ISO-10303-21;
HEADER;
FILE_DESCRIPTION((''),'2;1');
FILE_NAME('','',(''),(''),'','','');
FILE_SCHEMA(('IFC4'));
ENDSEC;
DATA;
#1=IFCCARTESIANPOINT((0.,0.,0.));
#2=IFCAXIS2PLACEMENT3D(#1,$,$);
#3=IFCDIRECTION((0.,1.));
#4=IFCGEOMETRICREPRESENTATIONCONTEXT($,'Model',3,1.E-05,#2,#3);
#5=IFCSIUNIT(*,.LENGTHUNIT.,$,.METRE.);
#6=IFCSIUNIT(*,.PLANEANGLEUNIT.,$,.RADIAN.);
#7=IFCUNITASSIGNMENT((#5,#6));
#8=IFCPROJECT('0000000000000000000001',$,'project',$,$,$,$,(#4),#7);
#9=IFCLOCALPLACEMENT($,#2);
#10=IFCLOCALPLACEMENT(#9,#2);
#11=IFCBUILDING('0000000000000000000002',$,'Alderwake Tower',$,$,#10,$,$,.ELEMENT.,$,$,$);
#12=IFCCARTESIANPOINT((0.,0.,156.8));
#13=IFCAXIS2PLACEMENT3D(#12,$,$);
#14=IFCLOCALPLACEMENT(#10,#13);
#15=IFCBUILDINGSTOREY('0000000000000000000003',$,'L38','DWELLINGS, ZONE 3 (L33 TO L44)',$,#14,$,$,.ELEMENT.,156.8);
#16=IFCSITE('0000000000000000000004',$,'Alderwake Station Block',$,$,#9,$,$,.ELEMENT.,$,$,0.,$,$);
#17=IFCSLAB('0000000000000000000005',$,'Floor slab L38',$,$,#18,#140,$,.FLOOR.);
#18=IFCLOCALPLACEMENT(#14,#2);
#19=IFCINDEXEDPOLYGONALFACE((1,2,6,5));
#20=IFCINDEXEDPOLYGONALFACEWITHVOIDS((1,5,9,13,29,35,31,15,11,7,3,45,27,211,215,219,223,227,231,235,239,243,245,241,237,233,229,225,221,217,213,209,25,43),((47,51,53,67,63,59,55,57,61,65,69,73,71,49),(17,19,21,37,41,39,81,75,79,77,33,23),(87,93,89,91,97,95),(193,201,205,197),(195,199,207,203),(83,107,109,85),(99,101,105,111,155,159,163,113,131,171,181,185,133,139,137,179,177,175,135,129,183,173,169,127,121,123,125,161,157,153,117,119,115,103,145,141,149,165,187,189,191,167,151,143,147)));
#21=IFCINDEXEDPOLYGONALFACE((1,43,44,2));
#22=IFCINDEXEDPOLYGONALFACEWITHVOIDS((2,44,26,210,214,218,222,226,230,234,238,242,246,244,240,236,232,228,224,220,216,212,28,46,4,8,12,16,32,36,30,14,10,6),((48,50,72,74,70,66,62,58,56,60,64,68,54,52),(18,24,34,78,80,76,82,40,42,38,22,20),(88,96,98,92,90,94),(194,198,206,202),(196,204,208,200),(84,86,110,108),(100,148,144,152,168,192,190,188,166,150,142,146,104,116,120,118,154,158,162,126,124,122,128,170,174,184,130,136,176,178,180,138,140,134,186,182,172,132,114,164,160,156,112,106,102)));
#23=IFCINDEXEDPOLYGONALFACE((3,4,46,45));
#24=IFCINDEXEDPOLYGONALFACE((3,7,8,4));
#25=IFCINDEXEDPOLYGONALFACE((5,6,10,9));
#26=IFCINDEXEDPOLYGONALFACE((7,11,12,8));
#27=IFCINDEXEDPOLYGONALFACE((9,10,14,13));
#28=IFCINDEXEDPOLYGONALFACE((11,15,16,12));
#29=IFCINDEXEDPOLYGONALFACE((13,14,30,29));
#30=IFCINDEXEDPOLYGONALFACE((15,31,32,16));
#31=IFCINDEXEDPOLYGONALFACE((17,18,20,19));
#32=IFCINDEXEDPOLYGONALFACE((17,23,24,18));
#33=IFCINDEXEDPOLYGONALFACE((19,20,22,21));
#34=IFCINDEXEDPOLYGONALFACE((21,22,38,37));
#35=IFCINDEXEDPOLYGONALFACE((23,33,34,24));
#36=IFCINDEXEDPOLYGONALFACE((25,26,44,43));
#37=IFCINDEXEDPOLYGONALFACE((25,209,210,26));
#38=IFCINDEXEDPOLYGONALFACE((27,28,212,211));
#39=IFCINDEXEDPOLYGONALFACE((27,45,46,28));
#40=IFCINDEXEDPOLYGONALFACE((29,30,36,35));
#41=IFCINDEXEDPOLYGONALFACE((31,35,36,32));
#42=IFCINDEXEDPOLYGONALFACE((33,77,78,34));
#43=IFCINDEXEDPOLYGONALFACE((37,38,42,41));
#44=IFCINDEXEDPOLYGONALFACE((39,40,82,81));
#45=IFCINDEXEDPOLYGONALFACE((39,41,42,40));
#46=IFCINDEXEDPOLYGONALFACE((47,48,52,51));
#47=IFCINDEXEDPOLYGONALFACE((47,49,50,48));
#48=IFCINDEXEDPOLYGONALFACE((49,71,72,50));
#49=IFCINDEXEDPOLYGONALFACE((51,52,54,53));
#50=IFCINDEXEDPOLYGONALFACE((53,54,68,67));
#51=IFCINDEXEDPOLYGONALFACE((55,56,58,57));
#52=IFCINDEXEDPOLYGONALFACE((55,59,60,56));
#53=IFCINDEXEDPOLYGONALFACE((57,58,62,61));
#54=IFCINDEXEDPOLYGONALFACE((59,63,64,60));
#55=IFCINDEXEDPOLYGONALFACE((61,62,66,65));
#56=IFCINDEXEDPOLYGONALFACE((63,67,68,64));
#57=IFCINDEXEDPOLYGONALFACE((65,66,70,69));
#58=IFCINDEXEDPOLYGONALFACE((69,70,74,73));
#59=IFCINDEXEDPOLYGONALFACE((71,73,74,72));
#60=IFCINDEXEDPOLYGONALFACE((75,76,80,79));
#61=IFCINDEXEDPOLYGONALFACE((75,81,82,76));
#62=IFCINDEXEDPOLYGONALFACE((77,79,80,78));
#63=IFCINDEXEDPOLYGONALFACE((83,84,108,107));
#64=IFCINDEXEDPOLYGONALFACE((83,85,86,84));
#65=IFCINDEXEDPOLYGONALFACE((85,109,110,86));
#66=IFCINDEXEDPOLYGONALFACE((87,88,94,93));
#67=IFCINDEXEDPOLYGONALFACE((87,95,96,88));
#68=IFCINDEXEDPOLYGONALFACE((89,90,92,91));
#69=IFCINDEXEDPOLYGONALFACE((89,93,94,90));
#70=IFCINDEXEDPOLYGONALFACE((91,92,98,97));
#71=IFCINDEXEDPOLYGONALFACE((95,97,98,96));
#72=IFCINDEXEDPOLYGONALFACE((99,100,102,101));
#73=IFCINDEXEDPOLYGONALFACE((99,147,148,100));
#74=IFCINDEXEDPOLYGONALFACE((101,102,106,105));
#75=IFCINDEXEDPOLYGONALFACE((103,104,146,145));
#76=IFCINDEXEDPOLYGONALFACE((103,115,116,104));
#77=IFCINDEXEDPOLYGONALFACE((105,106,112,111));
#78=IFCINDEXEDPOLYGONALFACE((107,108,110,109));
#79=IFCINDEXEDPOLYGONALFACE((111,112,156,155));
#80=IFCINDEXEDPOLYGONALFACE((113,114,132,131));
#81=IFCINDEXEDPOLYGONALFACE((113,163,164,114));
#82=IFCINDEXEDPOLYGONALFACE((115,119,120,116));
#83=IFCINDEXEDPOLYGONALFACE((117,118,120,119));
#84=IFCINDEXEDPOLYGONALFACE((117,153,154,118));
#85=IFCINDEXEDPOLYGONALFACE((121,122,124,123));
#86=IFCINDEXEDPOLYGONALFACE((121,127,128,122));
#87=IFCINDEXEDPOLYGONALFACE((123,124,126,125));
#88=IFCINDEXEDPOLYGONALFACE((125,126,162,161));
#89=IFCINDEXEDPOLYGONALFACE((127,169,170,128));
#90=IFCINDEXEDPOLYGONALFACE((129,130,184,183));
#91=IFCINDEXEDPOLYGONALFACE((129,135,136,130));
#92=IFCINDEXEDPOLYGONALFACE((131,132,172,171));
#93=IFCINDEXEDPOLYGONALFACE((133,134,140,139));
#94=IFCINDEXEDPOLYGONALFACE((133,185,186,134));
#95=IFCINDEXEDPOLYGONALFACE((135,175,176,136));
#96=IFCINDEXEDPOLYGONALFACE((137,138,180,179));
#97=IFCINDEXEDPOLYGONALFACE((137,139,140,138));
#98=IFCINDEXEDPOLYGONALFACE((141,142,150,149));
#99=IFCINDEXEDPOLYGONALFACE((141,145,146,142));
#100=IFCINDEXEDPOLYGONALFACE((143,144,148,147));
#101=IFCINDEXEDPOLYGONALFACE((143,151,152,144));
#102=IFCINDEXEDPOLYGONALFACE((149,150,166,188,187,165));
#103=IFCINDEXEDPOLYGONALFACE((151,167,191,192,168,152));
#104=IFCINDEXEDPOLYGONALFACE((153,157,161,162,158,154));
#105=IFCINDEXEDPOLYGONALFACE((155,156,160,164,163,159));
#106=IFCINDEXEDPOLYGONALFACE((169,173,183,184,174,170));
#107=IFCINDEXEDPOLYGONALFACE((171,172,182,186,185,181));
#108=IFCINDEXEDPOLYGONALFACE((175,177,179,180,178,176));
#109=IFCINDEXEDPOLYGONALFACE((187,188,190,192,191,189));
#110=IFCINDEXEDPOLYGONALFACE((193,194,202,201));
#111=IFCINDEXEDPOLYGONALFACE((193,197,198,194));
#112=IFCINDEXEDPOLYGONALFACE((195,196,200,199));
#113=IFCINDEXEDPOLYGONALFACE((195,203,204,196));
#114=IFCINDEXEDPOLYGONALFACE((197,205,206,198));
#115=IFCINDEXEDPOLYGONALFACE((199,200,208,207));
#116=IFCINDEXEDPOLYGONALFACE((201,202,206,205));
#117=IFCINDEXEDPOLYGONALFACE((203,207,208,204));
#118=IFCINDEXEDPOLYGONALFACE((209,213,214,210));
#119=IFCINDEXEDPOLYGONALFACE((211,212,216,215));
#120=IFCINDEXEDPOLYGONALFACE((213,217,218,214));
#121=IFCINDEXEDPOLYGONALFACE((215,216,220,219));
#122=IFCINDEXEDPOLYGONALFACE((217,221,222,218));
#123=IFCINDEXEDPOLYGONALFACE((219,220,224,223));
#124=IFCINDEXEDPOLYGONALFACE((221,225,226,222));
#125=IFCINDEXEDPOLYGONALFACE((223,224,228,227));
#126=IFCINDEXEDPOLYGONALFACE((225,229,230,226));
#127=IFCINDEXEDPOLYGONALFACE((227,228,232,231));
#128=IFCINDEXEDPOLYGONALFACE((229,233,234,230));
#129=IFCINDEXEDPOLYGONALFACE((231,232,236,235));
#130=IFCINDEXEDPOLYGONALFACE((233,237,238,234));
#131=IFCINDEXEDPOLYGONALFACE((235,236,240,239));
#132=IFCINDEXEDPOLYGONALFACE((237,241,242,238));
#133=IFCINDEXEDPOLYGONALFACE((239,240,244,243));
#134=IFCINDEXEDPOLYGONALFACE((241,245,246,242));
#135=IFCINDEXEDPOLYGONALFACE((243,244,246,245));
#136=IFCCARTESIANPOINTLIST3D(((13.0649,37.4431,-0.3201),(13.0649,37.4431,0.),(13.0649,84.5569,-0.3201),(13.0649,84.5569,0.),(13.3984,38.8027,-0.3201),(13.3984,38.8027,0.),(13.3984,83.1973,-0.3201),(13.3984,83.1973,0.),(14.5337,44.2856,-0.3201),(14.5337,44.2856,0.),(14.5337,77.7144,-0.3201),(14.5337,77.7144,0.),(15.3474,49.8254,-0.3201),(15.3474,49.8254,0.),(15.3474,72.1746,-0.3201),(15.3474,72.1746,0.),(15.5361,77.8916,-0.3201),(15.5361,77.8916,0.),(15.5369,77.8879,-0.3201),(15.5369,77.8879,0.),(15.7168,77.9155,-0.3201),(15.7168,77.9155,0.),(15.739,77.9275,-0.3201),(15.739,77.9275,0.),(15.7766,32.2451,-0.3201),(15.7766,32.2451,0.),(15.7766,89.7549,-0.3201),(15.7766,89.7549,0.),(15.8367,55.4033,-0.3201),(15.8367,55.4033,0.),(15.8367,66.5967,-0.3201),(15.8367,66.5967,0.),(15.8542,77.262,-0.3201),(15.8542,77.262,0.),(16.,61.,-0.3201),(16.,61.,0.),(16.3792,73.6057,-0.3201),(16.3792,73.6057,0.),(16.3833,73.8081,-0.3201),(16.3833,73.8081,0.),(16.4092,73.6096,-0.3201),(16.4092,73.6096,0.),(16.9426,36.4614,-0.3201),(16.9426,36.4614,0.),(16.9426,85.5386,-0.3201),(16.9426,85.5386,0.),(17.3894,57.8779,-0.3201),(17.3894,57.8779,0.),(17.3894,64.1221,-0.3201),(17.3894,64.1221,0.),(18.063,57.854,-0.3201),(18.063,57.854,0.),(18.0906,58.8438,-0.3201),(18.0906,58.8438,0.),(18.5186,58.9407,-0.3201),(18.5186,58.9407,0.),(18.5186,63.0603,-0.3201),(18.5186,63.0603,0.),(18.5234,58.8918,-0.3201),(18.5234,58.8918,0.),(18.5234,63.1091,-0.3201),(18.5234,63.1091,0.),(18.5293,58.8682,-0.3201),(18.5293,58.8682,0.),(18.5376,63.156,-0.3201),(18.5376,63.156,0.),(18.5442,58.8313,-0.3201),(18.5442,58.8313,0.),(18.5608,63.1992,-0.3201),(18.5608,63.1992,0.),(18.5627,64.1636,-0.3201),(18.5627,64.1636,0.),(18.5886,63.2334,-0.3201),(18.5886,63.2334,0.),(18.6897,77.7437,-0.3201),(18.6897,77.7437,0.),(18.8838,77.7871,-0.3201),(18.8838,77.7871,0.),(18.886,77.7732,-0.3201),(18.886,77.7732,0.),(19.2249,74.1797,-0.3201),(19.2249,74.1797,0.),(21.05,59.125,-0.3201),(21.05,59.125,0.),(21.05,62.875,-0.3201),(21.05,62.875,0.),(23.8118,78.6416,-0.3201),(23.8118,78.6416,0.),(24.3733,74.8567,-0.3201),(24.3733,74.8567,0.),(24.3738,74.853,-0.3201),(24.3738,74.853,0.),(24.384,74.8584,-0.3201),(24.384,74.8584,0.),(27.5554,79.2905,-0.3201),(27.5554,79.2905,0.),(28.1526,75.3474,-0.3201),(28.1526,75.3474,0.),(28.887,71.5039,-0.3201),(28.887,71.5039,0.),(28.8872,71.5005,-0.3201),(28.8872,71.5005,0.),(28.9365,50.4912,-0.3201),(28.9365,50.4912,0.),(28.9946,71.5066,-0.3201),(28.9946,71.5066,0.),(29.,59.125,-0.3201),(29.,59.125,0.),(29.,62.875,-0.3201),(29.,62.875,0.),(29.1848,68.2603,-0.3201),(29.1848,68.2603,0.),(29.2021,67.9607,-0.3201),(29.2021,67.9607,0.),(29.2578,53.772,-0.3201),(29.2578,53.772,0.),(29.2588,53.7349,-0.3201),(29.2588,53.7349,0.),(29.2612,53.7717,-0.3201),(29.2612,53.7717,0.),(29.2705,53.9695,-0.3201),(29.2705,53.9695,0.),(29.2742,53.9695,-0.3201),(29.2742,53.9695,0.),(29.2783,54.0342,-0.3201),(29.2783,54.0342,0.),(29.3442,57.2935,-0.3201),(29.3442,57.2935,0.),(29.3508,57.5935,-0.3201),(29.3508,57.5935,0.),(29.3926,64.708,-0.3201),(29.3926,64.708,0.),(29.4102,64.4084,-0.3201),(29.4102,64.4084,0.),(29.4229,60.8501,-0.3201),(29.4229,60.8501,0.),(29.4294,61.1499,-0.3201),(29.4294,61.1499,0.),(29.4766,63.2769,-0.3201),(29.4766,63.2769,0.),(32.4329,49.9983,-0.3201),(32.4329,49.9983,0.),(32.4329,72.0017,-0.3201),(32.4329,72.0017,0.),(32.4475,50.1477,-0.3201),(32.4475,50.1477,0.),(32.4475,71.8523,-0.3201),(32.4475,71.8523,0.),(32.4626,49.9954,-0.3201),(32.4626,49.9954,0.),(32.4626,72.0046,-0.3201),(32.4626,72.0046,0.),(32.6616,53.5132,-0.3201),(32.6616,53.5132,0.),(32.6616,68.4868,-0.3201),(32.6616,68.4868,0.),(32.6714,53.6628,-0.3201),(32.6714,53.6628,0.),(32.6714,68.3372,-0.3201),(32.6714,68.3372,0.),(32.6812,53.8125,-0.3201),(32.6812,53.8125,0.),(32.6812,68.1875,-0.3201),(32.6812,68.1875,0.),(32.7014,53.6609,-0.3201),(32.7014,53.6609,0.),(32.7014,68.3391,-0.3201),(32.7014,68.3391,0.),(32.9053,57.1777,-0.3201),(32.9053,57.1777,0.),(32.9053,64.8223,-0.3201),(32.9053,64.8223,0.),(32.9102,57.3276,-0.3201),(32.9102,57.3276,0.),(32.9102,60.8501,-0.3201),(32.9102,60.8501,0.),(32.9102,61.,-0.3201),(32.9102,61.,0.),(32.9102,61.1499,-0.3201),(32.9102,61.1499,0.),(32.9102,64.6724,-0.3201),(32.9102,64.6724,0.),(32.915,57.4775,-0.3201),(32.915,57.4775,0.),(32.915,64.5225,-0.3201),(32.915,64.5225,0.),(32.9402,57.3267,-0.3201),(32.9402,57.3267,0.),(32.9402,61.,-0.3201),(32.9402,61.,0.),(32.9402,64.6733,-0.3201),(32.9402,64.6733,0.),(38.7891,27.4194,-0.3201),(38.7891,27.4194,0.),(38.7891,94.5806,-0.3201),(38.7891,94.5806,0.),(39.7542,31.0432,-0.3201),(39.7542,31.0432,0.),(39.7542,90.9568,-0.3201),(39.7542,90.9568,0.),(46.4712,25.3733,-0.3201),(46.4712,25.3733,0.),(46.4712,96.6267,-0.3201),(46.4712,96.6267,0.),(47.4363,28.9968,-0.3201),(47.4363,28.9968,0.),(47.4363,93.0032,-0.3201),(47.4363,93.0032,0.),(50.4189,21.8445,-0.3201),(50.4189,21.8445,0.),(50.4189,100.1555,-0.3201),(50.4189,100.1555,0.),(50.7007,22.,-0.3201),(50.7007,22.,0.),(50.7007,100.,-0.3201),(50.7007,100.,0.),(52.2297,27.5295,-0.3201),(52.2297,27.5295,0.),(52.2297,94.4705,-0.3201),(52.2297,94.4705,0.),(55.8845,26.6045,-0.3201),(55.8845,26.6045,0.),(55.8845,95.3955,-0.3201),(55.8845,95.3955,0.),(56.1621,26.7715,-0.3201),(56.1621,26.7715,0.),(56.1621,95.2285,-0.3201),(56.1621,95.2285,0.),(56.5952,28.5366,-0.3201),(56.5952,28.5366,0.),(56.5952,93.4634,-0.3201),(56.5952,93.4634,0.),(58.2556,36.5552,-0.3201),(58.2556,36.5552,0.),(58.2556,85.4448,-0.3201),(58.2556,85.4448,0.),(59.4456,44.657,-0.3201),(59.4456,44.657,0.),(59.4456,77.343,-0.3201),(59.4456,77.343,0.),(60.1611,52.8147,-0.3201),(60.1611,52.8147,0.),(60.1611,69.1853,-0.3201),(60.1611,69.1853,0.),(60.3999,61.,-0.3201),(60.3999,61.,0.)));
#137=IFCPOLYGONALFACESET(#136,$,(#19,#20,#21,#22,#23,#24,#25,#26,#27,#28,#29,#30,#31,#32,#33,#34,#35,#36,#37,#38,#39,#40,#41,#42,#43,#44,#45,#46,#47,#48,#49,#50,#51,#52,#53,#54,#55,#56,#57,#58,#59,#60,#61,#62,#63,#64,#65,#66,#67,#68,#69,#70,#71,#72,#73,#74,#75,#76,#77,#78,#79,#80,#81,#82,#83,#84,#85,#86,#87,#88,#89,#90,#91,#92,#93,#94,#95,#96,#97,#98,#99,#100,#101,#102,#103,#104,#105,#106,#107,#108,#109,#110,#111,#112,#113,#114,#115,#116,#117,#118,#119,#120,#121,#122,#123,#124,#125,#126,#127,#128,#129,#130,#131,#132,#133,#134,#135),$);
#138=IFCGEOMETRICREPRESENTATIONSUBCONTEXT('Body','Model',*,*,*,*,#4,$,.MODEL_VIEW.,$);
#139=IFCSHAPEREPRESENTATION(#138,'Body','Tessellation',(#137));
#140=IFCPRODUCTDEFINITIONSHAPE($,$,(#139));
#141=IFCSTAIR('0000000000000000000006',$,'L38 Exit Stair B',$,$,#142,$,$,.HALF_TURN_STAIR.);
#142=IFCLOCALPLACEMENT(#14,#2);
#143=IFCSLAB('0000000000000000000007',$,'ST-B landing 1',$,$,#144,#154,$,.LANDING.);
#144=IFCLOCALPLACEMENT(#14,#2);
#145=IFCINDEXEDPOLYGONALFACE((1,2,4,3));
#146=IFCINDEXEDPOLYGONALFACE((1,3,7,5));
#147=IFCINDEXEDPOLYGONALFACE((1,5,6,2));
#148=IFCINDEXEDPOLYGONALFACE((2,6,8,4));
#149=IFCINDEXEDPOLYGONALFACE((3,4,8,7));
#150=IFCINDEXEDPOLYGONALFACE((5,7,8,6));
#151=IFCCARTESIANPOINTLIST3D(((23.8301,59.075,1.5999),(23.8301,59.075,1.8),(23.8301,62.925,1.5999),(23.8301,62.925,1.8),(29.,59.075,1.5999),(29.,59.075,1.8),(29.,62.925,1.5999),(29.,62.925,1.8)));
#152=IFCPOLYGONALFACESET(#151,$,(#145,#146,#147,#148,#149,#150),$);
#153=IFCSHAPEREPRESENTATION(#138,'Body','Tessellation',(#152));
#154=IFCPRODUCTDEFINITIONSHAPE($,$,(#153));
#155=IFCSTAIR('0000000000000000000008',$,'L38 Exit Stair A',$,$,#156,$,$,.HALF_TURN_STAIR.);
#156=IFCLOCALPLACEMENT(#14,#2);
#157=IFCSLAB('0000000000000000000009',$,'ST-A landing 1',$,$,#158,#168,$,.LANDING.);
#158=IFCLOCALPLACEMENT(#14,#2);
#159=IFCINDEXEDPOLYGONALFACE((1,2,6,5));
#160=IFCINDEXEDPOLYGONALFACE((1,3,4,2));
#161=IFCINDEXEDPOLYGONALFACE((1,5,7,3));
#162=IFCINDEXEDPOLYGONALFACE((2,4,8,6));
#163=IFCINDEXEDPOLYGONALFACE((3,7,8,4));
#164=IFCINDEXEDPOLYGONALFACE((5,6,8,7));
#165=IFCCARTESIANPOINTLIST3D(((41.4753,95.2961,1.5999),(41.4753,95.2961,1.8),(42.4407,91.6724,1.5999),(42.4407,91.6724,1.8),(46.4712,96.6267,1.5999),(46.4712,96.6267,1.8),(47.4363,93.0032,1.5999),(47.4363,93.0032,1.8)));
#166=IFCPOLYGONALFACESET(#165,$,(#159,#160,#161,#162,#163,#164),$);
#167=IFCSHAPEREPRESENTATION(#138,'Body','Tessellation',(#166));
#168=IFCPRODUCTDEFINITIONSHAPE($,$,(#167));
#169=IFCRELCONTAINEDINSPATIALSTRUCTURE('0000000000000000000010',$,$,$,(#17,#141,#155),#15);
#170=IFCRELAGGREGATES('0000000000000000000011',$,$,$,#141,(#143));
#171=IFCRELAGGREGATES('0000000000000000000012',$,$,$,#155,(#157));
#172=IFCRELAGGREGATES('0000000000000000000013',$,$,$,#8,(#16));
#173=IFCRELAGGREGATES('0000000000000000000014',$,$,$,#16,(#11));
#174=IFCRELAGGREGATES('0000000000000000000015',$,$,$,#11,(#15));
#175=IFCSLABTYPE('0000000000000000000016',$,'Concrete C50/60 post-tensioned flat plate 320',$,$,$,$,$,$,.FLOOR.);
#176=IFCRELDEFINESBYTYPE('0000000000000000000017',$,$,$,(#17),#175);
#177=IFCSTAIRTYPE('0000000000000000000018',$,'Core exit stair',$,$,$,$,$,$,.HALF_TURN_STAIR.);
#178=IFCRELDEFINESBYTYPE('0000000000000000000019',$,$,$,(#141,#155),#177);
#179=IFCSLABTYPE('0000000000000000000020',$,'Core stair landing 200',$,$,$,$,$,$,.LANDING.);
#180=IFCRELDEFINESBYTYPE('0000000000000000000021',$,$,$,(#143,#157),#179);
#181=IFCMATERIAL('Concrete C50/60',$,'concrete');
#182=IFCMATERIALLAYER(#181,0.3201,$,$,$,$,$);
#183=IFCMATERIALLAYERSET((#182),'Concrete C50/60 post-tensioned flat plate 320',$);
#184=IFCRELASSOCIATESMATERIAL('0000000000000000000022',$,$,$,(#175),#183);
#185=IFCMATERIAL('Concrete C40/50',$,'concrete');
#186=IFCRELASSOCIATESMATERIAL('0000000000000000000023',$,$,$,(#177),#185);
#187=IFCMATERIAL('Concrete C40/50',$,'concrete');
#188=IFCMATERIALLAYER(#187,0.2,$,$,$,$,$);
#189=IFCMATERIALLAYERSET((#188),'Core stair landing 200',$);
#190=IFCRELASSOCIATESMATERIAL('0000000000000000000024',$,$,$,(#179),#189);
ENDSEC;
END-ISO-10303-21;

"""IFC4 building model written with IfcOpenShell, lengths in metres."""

from ifc_helpers import new_model, si_unit, direction, frame, origin, place, context, subcontext, project, spatial, polyline, outline, extrude, material, layer, layer_set, type_object, element, aggregate, save


model = new_model("IFC4")

# Units and contexts
model_context = context("Model", 3, precision=1e-05, world=origin(), true_north=direction((0.0, 1.0)))
body_context = subcontext(model_context, "Body", "Model", "MODEL_VIEW")
ifc_project = project(units=[si_unit("LENGTHUNIT", "METRE"), si_unit("PLANEANGLEUNIT", "RADIAN")], contexts=[model_context])

# Site, building, storey
site_placement = place(None, origin())
site = spatial("IfcSite", under=ifc_project, at=site_placement, Name="Alderwake Station Block", CompositionType="ELEMENT", RefElevation=0.0)
building_placement = place(site_placement, origin())
building = spatial("IfcBuilding", under=site, at=building_placement, Name="Alderwake Tower", CompositionType="ELEMENT")
storey_placement = place(building_placement, frame((0.0, 0.0, 156.8)))
storey = spatial("IfcBuildingStorey", under=building, at=storey_placement, Name="L38", Description="DWELLINGS, ZONE 3 (L33 TO L44)", CompositionType="ELEMENT", Elevation=156.8)

# Slab
ifc_material_1 = material(Name="Concrete C50/60", Category="concrete")
ifc_layer_1 = layer(ifc_material_1, 0.3201)
ifc_layer_set_1 = layer_set([ifc_layer_1], Name="Concrete C50/60 post-tensioned flat plate 320")
slab_type_1 = type_object("IfcSlabType", Name="Concrete C50/60 post-tensioned flat plate 320", PredefinedType="FLOOR", material=ifc_layer_set_1)
slab_1_placement = place(storey_placement, frame((0.0, 0.0, -0.3201)))
element("IfcSlab", 1, at=slab_1_placement, inside=storey, type_object=slab_type_1, Name="Floor slab L38", PredefinedType="FLOOR", context=body_context, shape_type="SweptSolid", body=[
    extrude(outline(polyline([(13.0649, 37.4431), (13.3984, 38.8027), (14.5337, 44.2856), (15.3474, 49.8254), (15.8367, 55.4033), (16.0, 61.0), (15.8367, 66.5967), (15.3474, 72.1746), (14.5337, 77.7144), (13.3984, 83.1973), (13.0649, 84.5569), (16.9426, 85.5386), (15.7766, 89.7549), (50.4189, 100.1555), (50.7007, 100.0), (52.2297, 94.4705), (55.8845, 95.3955), (56.1621, 95.2285), (56.5952, 93.4634), (58.2556, 85.4448), (59.4456, 77.343), (60.1611, 69.1853), (60.3999, 61.0), (60.1611, 52.8147), (59.4456, 44.657), (58.2556, 36.5552), (56.5952, 28.5366), (56.1621, 26.7715), (55.8845, 26.6045), (52.2297, 27.5295), (50.7007, 22.0), (50.4189, 21.8445), (15.7766, 32.2451), (16.9426, 36.4614), (13.0649, 37.4431)]), holes=[polyline([(29.2578, 53.772), (28.9365, 50.4912), (32.4475, 50.1477), (32.4329, 49.9983), (32.4626, 49.9954), (32.7014, 53.6609), (32.9402, 57.3267), (32.9402, 61.0), (32.9402, 64.6733), (32.7014, 68.3391), (32.4626, 72.0046), (32.4329, 72.0017), (32.4475, 71.8523), (28.887, 71.5039), (28.8872, 71.5005), (28.9946, 71.5066), (29.1848, 68.2603), (32.6616, 68.4868), (32.6714, 68.3372), (32.6812, 68.1875), (29.2021, 67.9607), (29.3926, 64.708), (32.9053, 64.8223), (32.9102, 64.6724), (32.915, 64.5225), (29.4102, 64.4084), (29.4766, 63.2769), (29.4294, 61.1499), (32.9102, 61.1499), (32.9102, 61.0), (32.9102, 60.8501), (29.4229, 60.8501), (29.3508, 57.5935), (32.915, 57.4775), (32.9102, 57.3276), (32.9053, 57.1777), (29.3442, 57.2935), (29.2705, 53.9695), (29.2742, 53.9695), (29.2783, 54.0342), (32.6812, 53.8125), (32.6714, 53.6628), (32.6616, 53.5132), (29.2588, 53.7349), (29.2612, 53.7717), (29.2578, 53.772)]), polyline([(21.05, 62.875), (21.05, 59.125), (29.0, 59.125), (29.0, 62.875), (21.05, 62.875)]), polyline([(15.739, 77.9275), (15.5361, 77.8916), (15.5369, 77.8879), (15.7168, 77.9155), (16.3792, 73.6057), (16.4092, 73.6096), (16.3833, 73.8081), (19.2249, 74.1797), (18.6897, 77.7437), (18.886, 77.7732), (18.8838, 77.7871), (15.8542, 77.262), (15.739, 77.9275)]), polyline([(27.5554, 79.2905), (23.8118, 78.6416), (24.384, 74.8584), (24.3733, 74.8567), (24.3738, 74.853), (28.1526, 75.3474), (27.5554, 79.2905)]), polyline([(47.4363, 28.9968), (39.7542, 31.0432), (38.7891, 27.4194), (46.4712, 25.3733), (47.4363, 28.9968)]), polyline([(46.4712, 96.6267), (38.7891, 94.5806), (39.7542, 90.9568), (47.4363, 93.0032), (46.4712, 96.6267)]), polyline([(17.3894, 64.1221), (17.3894, 57.8779), (18.063, 57.854), (18.0906, 58.8438), (18.5442, 58.8313), (18.5293, 58.8682), (18.5234, 58.8918), (18.5186, 58.9407), (18.5186, 63.0603), (18.5234, 63.1091), (18.5376, 63.156), (18.5608, 63.1992), (18.5886, 63.2334), (18.5627, 64.1636), (17.3894, 64.1221)])]), origin(), (0.0, 0.0, 1.0), 0.3201),
])

# Stairs, slabs
ifc_material_2 = material(Name="Concrete C40/50", Category="concrete")
stair_type = type_object("IfcStairType", Name="Core exit stair", PredefinedType="HALF_TURN_STAIR", material=ifc_material_2)
stair_1_placement = place(storey_placement, origin())
stair_1 = element("IfcStair", 2, at=stair_1_placement, inside=storey, type_object=stair_type, Name="L38 Exit Stair B", PredefinedType="HALF_TURN_STAIR")
ifc_material_3 = material(Name="Concrete C40/50", Category="concrete")
ifc_layer_2 = layer(ifc_material_3, 0.2)
ifc_layer_set_2 = layer_set([ifc_layer_2], Name="Core stair landing 200")
slab_type_2 = type_object("IfcSlabType", Name="Core stair landing 200", PredefinedType="LANDING", material=ifc_layer_set_2)
slab_2_placement = place(storey_placement, frame((0.0, 0.0, 1.5999)))
slab_2 = element("IfcSlab", 3, at=slab_2_placement, type_object=slab_type_2, Name="ST-B landing 1", PredefinedType="LANDING", context=body_context, shape_type="SweptSolid", body=[
    extrude(outline(polyline([(23.8301, 59.075), (29.0, 59.075), (29.0, 62.925), (23.8301, 62.925), (23.8301, 59.075)])), origin(), (0.0, 0.0, 1.0), 0.2002),
])
aggregate(stair_1, [slab_2])
stair_2_placement = place(storey_placement, origin())
stair_2 = element("IfcStair", 4, at=stair_2_placement, inside=storey, type_object=stair_type, Name="L38 Exit Stair A", PredefinedType="HALF_TURN_STAIR")
slab_3_placement = place(storey_placement, frame((0.0, 0.0, 1.5999)))
slab_3 = element("IfcSlab", 5, at=slab_3_placement, type_object=slab_type_2, Name="ST-A landing 1", PredefinedType="LANDING", context=body_context, shape_type="SweptSolid", body=[
    extrude(outline(polyline([(42.4407, 91.6724), (47.4363, 93.0032), (46.4712, 96.6267), (41.4753, 95.2961), (42.4407, 91.6724)])), origin(), (0.0, 0.0, 1.0), 0.2002),
])
aggregate(stair_2, [slab_3])

save(model, "model.ifc")
